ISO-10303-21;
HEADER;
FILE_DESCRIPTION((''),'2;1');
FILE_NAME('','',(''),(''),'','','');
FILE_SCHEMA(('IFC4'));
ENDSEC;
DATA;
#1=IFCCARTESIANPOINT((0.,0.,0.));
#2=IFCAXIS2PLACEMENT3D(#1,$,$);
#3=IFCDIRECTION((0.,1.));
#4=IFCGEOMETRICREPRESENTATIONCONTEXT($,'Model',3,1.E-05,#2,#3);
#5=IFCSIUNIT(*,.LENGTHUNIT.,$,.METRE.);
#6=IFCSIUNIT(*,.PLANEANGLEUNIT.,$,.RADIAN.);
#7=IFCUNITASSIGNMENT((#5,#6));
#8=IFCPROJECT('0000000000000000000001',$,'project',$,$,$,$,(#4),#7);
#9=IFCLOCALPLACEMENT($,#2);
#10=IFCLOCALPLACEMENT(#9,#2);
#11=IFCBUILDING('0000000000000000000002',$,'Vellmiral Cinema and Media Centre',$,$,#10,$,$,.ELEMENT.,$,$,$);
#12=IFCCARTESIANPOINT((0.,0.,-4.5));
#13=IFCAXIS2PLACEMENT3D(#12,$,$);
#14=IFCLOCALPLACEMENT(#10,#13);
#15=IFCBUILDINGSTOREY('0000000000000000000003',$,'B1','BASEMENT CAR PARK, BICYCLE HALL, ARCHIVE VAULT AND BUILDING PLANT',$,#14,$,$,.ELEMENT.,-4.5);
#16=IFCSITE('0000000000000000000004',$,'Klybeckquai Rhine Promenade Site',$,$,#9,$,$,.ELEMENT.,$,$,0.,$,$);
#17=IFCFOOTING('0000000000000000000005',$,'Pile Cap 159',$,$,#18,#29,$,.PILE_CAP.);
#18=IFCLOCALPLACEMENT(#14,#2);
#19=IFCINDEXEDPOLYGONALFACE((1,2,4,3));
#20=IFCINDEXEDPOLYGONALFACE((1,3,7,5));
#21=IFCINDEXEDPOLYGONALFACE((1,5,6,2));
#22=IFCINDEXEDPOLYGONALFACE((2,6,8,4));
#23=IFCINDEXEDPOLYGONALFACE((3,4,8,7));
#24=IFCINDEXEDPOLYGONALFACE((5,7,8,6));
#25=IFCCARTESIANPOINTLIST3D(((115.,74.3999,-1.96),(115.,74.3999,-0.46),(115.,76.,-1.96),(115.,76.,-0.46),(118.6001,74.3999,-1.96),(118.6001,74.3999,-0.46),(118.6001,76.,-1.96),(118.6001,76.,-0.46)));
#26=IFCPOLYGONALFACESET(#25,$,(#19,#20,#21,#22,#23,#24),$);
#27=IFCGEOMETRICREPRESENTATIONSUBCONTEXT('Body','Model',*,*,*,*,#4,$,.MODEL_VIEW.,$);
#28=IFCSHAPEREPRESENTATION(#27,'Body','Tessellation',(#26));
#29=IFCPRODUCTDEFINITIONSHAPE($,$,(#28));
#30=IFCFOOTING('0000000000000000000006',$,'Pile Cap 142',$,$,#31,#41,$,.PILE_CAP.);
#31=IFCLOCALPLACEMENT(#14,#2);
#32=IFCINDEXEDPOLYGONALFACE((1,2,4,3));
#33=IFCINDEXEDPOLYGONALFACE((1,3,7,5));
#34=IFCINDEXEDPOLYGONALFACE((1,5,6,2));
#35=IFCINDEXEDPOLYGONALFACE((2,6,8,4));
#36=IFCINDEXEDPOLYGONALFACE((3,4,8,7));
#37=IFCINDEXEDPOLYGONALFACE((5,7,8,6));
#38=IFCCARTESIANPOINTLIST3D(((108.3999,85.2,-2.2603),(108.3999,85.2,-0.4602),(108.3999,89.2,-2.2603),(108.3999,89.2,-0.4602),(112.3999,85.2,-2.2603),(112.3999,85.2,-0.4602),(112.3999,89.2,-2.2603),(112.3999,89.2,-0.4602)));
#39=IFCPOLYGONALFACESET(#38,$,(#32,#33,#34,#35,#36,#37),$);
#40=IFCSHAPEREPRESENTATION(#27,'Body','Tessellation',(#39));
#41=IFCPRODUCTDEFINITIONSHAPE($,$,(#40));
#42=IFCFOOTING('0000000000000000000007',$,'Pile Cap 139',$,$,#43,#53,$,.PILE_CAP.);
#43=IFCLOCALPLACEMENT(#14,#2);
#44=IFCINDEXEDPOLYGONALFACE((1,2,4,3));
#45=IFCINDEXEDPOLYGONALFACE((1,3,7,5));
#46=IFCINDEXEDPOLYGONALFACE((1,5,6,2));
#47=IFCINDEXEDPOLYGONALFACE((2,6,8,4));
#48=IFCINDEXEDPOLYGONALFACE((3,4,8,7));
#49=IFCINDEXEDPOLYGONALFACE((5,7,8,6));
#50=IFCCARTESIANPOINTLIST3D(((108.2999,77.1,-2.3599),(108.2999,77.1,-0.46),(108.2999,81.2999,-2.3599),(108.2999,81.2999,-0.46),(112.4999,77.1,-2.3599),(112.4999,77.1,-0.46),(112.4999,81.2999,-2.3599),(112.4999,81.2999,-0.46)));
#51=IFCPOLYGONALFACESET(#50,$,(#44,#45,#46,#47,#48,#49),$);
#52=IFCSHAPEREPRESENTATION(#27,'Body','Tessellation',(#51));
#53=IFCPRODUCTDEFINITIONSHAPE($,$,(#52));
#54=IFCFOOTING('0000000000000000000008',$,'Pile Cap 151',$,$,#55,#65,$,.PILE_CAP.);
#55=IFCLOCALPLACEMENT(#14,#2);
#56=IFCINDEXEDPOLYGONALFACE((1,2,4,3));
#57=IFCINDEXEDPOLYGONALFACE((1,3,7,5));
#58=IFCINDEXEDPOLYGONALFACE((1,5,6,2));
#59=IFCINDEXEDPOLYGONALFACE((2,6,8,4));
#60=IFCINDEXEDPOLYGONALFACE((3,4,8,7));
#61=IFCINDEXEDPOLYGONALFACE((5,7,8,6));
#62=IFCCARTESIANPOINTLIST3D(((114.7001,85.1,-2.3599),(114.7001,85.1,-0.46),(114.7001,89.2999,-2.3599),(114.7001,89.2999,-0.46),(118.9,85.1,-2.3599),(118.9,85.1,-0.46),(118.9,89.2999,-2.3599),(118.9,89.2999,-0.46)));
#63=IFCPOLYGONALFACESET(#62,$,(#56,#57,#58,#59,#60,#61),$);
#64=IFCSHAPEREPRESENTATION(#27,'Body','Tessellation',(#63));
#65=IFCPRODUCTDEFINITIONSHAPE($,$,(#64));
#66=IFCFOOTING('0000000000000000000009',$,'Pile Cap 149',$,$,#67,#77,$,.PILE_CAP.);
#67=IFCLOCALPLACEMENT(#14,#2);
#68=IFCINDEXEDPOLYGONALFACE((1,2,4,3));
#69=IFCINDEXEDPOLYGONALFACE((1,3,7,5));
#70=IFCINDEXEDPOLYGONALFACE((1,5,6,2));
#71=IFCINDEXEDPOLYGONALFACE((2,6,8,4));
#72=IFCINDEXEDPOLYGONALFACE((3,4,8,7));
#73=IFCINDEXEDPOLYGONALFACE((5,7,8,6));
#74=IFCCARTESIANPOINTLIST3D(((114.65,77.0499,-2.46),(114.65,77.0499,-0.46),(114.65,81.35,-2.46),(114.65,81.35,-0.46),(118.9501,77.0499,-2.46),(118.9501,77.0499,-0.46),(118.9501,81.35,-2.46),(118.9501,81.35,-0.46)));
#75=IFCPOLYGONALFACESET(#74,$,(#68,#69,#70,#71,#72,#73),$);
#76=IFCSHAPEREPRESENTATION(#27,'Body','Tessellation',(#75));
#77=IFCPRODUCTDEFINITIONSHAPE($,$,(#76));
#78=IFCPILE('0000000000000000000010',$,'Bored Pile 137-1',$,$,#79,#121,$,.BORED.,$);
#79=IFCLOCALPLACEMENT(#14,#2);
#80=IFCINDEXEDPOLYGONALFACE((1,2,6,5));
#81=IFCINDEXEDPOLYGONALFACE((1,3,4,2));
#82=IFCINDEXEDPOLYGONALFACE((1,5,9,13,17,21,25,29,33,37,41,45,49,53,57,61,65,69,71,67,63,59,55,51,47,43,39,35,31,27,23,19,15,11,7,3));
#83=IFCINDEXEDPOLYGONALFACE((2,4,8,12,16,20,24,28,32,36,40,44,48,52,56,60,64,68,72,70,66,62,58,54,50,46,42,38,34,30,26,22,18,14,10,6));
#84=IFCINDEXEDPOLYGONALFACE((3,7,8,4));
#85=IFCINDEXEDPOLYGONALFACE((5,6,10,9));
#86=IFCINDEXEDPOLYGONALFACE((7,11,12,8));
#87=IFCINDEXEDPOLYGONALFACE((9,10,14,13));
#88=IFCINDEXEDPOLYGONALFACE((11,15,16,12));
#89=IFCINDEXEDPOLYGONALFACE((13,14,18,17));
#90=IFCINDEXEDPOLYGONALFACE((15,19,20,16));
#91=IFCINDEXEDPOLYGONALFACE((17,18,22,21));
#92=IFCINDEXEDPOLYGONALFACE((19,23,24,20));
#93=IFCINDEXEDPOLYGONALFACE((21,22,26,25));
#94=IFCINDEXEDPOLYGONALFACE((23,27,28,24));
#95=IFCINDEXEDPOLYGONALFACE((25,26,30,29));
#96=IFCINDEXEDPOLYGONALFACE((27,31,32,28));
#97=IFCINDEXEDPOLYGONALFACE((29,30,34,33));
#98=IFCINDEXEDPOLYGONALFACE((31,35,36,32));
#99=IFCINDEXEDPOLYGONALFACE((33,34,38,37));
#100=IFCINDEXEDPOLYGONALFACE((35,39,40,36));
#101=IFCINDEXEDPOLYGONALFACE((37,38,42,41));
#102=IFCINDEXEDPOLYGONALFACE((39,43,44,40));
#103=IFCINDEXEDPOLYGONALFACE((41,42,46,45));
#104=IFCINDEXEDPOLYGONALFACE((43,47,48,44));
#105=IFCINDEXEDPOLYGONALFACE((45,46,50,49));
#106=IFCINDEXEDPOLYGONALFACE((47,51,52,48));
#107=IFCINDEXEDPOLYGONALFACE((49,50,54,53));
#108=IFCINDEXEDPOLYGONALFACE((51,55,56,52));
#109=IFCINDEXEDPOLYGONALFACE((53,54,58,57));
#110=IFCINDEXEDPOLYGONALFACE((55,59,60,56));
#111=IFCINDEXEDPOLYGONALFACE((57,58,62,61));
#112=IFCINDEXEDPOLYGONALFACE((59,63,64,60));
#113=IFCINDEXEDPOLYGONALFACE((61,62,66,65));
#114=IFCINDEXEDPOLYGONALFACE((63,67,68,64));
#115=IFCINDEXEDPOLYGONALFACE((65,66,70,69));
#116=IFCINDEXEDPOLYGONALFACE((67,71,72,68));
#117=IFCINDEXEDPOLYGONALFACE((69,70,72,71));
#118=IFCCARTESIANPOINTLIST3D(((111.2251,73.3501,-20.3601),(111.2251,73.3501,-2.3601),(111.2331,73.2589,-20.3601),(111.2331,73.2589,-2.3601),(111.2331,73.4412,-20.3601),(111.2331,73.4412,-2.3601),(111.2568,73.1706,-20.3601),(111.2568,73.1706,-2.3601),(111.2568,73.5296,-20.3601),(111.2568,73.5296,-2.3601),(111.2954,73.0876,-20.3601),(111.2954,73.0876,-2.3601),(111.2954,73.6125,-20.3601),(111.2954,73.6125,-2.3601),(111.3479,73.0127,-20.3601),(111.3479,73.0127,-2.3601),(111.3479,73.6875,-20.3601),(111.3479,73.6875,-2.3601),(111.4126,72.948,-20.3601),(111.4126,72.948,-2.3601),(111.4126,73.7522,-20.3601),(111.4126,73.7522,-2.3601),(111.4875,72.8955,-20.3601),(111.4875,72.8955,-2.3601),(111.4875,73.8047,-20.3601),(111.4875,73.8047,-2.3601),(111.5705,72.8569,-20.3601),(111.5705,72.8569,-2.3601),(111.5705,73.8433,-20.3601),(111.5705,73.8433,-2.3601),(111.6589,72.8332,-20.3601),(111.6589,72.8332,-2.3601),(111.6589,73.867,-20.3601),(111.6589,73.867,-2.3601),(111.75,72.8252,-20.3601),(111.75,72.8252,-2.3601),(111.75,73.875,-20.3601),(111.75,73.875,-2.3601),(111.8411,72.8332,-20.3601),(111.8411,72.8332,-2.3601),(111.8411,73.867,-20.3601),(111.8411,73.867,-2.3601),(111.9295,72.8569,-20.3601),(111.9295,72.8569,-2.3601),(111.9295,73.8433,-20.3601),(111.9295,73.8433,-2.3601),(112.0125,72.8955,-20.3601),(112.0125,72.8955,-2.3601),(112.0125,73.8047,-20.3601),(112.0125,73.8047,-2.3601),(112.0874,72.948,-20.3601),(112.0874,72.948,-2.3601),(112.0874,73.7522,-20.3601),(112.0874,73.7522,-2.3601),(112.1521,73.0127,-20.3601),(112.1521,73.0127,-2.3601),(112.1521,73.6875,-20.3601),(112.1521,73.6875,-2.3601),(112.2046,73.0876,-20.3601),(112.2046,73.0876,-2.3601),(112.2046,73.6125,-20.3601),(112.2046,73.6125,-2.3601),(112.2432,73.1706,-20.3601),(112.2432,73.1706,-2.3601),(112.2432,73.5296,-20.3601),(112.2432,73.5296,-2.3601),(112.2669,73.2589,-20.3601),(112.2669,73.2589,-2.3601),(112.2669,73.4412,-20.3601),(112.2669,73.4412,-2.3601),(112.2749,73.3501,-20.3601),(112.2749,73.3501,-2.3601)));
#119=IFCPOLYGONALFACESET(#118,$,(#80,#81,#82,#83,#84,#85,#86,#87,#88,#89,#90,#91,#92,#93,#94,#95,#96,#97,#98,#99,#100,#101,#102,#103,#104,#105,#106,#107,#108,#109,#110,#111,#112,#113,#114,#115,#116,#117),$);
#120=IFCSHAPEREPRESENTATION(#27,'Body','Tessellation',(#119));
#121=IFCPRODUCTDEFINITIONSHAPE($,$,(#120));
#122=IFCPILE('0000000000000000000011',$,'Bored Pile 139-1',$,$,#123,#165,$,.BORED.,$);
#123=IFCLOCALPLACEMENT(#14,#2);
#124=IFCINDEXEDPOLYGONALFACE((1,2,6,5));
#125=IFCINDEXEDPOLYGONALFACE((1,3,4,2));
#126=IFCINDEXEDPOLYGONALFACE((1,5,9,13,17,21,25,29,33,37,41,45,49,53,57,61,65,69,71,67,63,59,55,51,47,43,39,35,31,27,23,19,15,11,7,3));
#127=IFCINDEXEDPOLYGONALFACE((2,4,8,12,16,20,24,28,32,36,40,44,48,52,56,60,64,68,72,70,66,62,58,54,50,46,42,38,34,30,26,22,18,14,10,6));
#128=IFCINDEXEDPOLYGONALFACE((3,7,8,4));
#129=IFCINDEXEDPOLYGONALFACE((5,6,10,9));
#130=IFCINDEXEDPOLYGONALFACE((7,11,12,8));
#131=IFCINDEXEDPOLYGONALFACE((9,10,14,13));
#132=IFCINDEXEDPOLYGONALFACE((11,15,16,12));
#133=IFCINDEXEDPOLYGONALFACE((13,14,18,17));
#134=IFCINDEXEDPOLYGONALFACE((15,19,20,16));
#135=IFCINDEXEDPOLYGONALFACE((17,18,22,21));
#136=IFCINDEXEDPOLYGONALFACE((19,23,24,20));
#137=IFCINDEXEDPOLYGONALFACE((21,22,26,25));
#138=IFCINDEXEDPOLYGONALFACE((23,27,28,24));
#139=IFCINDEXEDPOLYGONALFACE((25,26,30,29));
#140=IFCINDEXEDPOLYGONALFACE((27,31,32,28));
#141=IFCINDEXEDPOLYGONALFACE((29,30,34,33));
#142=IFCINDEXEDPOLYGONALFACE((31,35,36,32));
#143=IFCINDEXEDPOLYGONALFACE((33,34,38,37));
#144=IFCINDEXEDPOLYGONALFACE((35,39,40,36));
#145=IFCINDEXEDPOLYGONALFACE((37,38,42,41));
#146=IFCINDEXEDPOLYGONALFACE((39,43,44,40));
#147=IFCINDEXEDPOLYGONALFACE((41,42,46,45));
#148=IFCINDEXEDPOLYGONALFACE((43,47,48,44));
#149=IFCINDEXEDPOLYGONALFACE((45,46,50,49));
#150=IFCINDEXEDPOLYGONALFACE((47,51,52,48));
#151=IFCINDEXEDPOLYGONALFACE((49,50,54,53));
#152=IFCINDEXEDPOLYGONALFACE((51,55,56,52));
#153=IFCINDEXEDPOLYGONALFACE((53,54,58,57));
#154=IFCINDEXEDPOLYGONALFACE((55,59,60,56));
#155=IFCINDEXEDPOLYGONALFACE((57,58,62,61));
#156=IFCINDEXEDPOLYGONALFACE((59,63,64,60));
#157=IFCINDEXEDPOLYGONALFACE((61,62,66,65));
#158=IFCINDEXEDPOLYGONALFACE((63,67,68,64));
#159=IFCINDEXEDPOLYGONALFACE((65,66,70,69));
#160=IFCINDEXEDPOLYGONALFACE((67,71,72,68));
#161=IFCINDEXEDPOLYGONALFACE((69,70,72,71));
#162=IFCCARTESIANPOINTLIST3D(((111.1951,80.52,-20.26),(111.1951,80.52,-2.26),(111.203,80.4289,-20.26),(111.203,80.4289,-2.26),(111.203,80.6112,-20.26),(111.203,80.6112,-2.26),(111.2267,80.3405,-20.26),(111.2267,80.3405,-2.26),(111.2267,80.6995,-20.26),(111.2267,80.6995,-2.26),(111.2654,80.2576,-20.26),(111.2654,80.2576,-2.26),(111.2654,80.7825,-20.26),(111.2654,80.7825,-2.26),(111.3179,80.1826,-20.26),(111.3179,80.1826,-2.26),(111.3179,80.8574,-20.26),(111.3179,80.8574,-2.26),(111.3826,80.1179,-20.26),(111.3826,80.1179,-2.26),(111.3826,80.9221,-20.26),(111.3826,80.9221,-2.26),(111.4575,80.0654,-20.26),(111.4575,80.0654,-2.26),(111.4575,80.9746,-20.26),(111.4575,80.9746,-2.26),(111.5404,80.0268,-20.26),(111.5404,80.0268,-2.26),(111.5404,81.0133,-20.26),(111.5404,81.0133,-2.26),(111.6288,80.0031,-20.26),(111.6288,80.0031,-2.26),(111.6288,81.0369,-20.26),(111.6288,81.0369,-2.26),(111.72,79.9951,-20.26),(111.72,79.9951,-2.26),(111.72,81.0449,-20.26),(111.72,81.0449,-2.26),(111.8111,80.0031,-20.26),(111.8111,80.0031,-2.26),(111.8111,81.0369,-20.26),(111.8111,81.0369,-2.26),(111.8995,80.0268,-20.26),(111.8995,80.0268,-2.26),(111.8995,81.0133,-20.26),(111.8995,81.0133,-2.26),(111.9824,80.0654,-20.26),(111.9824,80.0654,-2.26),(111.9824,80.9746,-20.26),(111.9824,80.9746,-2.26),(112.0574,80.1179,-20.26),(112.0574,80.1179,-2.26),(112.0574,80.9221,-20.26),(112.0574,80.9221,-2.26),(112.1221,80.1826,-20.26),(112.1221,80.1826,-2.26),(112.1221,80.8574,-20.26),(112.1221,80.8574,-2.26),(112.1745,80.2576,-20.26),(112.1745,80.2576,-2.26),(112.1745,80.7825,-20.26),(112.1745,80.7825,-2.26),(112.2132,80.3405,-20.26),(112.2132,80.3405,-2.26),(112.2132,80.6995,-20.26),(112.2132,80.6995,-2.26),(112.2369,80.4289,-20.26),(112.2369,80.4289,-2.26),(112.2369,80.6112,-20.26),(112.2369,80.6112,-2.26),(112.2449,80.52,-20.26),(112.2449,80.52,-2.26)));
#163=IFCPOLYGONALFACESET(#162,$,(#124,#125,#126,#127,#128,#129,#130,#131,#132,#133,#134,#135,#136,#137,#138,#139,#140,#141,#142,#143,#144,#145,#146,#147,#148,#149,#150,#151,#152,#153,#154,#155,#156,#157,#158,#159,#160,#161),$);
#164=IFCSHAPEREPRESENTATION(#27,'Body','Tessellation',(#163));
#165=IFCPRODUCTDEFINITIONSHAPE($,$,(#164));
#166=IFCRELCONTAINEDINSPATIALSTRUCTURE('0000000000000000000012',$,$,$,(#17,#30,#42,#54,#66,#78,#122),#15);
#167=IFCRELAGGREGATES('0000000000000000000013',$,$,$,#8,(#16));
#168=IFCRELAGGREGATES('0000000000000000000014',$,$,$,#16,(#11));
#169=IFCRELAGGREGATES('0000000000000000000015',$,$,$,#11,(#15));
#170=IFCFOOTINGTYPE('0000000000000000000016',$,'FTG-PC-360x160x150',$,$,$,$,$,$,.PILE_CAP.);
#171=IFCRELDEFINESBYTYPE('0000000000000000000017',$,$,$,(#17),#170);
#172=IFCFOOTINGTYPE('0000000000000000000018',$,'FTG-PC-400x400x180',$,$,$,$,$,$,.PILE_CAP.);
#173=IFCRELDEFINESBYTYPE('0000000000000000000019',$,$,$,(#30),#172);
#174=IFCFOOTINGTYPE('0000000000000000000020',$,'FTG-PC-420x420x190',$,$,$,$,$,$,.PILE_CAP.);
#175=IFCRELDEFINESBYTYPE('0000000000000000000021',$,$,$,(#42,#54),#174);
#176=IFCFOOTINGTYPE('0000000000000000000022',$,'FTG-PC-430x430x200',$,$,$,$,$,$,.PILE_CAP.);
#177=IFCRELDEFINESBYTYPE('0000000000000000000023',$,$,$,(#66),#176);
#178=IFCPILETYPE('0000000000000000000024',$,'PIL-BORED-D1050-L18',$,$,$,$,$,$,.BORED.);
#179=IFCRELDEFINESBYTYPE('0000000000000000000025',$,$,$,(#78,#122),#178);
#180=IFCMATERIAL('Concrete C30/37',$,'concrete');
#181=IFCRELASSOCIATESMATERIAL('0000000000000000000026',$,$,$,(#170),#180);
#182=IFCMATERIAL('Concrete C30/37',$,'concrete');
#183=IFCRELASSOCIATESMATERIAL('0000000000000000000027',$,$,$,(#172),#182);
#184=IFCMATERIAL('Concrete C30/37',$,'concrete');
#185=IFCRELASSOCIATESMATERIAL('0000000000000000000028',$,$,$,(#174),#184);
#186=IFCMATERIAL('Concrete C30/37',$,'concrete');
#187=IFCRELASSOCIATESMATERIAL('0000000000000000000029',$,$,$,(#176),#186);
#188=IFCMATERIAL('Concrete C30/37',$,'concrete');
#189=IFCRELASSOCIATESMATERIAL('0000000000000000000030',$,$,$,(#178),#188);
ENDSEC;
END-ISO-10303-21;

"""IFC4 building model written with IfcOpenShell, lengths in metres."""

from ifc_helpers import new_model, si_unit, direction, frame, origin, origin_2d, place, context, subcontext, project, spatial, rectangle, circle, extrude, material, material_profile, profile_set, type_object, element, save


model = new_model("IFC4")

# Units and contexts
model_context = context("Model", 3, precision=1e-05, world=origin(), true_north=direction((0.0, 1.0)))
body_context = subcontext(model_context, "Body", "Model", "MODEL_VIEW")
ifc_project = project(units=[si_unit("LENGTHUNIT", "METRE"), si_unit("PLANEANGLEUNIT", "RADIAN")], contexts=[model_context])

# Site, building, storey
site_placement = place(None, origin())
site = spatial("IfcSite", under=ifc_project, at=site_placement, Name="Klybeckquai Rhine Promenade Site", CompositionType="ELEMENT", RefElevation=0.0)
building_placement = place(site_placement, origin())
building = spatial("IfcBuilding", under=site, at=building_placement, Name="Vellmiral Cinema and Media Centre", CompositionType="ELEMENT")
storey_placement = place(building_placement, frame((0.0, 0.0, -4.5)))
storey = spatial("IfcBuildingStorey", under=building, at=storey_placement, Name="B1", Description="BASEMENT CAR PARK, BICYCLE HALL, ARCHIVE VAULT AND BUILDING PLANT", CompositionType="ELEMENT", Elevation=-4.5)

# Footings
ifc_material_1 = material(Name="Concrete C30/37", Category="concrete")
footing_type_1 = type_object("IfcFootingType", Name="FTG-PC-360x160x150", PredefinedType="PILE_CAP", material=ifc_material_1)
footing_1_placement = place(storey_placement, frame((116.8, 75.2, -1.96), z_axis=(0.0, 0.0, 1.0), x_axis=(1.0, 0.0, 0.0)))
element("IfcFooting", 1, at=footing_1_placement, inside=storey, type_object=footing_type_1, Name="Pile Cap 159", PredefinedType="PILE_CAP", context=body_context, shape_type="SweptSolid", body=[
    extrude(rectangle(XDim=3.6001, YDim=1.6001, at=origin_2d()), origin(), (0.0, 0.0, 1.0), 1.5),
])
ifc_material_2 = material(Name="Concrete C30/37", Category="concrete")
footing_type_2 = type_object("IfcFootingType", Name="FTG-PC-400x400x180", PredefinedType="PILE_CAP", material=ifc_material_2)
footing_2_placement = place(storey_placement, frame((110.3999, 87.2, -2.2603), z_axis=(0.0, 0.0, 1.0), x_axis=(1.0, 0.0, 0.0)))
element("IfcFooting", 2, at=footing_2_placement, inside=storey, type_object=footing_type_2, Name="Pile Cap 142", PredefinedType="PILE_CAP", context=body_context, shape_type="SweptSolid", body=[
    extrude(rectangle(XDim=4.0, YDim=4.0, at=origin_2d()), origin(), (0.0, 0.0, 1.0), 1.8),
])
ifc_material_3 = material(Name="Concrete C30/37", Category="concrete")
footing_type_3 = type_object("IfcFootingType", Name="FTG-PC-420x420x190", PredefinedType="PILE_CAP", material=ifc_material_3)
for number, where, z_axis, x_axis, name in (
    (3, (110.3999, 79.2, -2.3599), (0.0, 0.0, 1.0), (1.0, 0.0, 0.0), "Pile Cap 139"),
    (4, (116.8, 87.2, -2.3599), (0.0, 0.0, 1.0), (1.0, 0.0, 0.0), "Pile Cap 151"),
):
    element("IfcFooting", number, at=place(storey_placement, frame(where, z_axis=z_axis, x_axis=x_axis)), inside=storey, type_object=footing_type_3, Name=name, PredefinedType="PILE_CAP", context=body_context, shape_type="SweptSolid", body=[
        extrude(rectangle(XDim=4.2, YDim=4.2, at=origin_2d()), origin(), (0.0, 0.0, 1.0), 1.8999),
    ])
ifc_material_4 = material(Name="Concrete C30/37", Category="concrete")
footing_type_4 = type_object("IfcFootingType", Name="FTG-PC-430x430x200", PredefinedType="PILE_CAP", material=ifc_material_4)
footing_3_placement = place(storey_placement, frame((116.8, 79.2, -2.46), z_axis=(0.0, 0.0, 1.0), x_axis=(1.0, 0.0, 0.0)))
element("IfcFooting", 5, at=footing_3_placement, inside=storey, type_object=footing_type_4, Name="Pile Cap 149", PredefinedType="PILE_CAP", context=body_context, shape_type="SweptSolid", body=[
    extrude(rectangle(XDim=4.3, YDim=4.3, at=origin_2d()), origin(), (0.0, 0.0, 1.0), 2.0),
])

# Piles
ifc_material_5 = material(Name="Concrete C30/37", Category="concrete")
ifc_material_profile_1 = material_profile(ifc_material_5, circle(Radius=0.5249, at=origin_2d()), Name="PILE D1050")
ifc_profile_set_1 = profile_set([ifc_material_profile_1], Name="Concrete C30/37")
pile_type_1 = type_object("IfcPileType", Name="PIL-BORED-D1050-L18", PredefinedType="BORED", material=ifc_profile_set_1)
for number, where, z_axis, x_axis, name in (
    (6, (111.75, 73.3501, -2.3601), (0.0, 0.0, -1.0), (1.0, 0.0, 0.0), "Bored Pile 137-1"),
    (7, (111.72, 80.52, -2.26), (0.0, 0.0, -1.0), (1.0, 0.0, 0.0), "Bored Pile 139-1"),
):
    element("IfcPile", number, at=place(storey_placement, frame(where, z_axis=z_axis, x_axis=x_axis)), inside=storey, type_object=pile_type_1, Name=name, PredefinedType="BORED", context=body_context, shape_type="SweptSolid", body=[
        extrude(circle(Radius=0.5249, at=origin_2d()), origin(), (0.0, 0.0, 1.0), 18.0),
    ])

save(model, "model.ifc")
